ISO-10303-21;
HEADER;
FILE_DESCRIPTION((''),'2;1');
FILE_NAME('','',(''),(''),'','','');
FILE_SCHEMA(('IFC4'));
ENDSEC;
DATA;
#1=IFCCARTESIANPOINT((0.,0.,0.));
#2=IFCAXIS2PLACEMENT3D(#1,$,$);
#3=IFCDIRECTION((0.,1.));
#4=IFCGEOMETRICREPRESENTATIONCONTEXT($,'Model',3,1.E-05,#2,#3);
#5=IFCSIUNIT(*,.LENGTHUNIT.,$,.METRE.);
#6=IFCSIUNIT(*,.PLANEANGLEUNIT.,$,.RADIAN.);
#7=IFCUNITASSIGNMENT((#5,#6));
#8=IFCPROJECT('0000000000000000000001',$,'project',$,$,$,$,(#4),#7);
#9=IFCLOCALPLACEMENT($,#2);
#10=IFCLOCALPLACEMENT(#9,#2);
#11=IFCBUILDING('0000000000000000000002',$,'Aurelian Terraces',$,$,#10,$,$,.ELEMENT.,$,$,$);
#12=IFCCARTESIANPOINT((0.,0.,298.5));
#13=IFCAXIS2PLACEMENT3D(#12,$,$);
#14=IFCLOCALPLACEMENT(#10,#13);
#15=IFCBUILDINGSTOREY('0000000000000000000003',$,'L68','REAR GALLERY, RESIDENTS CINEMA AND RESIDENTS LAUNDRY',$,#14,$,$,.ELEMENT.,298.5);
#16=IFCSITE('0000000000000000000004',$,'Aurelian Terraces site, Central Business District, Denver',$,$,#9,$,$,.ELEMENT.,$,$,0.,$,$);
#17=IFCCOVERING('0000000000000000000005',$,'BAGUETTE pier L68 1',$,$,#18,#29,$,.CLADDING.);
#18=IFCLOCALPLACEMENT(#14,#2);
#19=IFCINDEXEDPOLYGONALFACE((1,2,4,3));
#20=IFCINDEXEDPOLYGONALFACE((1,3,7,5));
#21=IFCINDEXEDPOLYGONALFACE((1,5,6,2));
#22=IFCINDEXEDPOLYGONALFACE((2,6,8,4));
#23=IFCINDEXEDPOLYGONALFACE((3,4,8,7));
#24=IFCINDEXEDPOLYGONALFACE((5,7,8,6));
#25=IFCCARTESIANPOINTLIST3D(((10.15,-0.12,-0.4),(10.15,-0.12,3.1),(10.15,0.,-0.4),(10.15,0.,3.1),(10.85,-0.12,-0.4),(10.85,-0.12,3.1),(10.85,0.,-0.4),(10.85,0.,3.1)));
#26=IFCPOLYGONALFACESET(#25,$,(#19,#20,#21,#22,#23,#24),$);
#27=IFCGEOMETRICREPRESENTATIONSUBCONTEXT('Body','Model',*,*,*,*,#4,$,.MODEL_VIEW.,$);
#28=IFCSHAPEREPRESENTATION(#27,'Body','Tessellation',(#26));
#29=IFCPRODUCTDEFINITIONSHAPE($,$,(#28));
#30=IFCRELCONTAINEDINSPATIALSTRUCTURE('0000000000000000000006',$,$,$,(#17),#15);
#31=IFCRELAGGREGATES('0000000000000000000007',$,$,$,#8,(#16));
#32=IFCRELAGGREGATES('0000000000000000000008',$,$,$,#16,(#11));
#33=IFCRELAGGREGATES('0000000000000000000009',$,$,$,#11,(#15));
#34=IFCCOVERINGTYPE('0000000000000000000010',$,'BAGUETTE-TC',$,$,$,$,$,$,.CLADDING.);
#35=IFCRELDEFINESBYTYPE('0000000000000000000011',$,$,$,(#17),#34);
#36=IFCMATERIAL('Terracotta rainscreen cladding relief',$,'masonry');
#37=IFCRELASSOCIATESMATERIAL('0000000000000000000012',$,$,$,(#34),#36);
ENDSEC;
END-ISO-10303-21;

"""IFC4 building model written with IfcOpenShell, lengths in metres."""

from ifc_helpers import new_model, si_unit, direction, frame, origin, origin_2d, place, context, subcontext, project, spatial, rectangle, extrude, source, transform, mapped, material, type_object, element, save


model = new_model("IFC4")

# Units and contexts
model_context = context("Model", 3, precision=1e-05, world=origin(), true_north=direction((0.0, 1.0)))
body_context = subcontext(model_context, "Body", "Model", "MODEL_VIEW")
ifc_project = project(units=[si_unit("LENGTHUNIT", "METRE"), si_unit("PLANEANGLEUNIT", "RADIAN")], contexts=[model_context])

# Site, building, storey
site_placement = place(None, origin())
site = spatial("IfcSite", under=ifc_project, at=site_placement, Name="Aurelian Terraces site, Central Business District, Denver", CompositionType="ELEMENT", RefElevation=0.0)
building_placement = place(site_placement, origin())
building = spatial("IfcBuilding", under=site, at=building_placement, Name="Aurelian Terraces", CompositionType="ELEMENT")
storey_placement = place(building_placement, frame((0.0, 0.0, 298.5)))
storey = spatial("IfcBuildingStorey", under=building, at=storey_placement, Name="L68", Description="REAR GALLERY, RESIDENTS CINEMA AND RESIDENTS LAUNDRY", CompositionType="ELEMENT", Elevation=298.5)

# Covering
ifc_material_1 = material(Name="Terracotta rainscreen cladding relief", Category="masonry")
covering_type_1 = type_object("IfcCoveringType", Name="BAGUETTE-TC", PredefinedType="CLADDING", material=ifc_material_1)
shared_shape_1 = source(origin(), body_context, "Body", "SweptSolid", [
    extrude(rectangle(XDim=0.7, YDim=0.12, at=origin_2d()), origin(), (0.0, 0.0, 1.0), 3.5),
])
covering_1_placement = place(storey_placement, frame((10.5, -0.06, -0.4), z_axis=(0.0, 0.0, 1.0), x_axis=(1.0, 0.0, 0.0)))
element("IfcCovering", 1, at=covering_1_placement, inside=storey, type_object=covering_type_1, Name="BAGUETTE pier L68 1", PredefinedType="CLADDING", context=body_context, shape_type="MappedRepresentation", body=[
    mapped(shared_shape_1, transform((0.0, 0.0, 0.0), scale=1.0)),
])

save(model, "model.ifc")
